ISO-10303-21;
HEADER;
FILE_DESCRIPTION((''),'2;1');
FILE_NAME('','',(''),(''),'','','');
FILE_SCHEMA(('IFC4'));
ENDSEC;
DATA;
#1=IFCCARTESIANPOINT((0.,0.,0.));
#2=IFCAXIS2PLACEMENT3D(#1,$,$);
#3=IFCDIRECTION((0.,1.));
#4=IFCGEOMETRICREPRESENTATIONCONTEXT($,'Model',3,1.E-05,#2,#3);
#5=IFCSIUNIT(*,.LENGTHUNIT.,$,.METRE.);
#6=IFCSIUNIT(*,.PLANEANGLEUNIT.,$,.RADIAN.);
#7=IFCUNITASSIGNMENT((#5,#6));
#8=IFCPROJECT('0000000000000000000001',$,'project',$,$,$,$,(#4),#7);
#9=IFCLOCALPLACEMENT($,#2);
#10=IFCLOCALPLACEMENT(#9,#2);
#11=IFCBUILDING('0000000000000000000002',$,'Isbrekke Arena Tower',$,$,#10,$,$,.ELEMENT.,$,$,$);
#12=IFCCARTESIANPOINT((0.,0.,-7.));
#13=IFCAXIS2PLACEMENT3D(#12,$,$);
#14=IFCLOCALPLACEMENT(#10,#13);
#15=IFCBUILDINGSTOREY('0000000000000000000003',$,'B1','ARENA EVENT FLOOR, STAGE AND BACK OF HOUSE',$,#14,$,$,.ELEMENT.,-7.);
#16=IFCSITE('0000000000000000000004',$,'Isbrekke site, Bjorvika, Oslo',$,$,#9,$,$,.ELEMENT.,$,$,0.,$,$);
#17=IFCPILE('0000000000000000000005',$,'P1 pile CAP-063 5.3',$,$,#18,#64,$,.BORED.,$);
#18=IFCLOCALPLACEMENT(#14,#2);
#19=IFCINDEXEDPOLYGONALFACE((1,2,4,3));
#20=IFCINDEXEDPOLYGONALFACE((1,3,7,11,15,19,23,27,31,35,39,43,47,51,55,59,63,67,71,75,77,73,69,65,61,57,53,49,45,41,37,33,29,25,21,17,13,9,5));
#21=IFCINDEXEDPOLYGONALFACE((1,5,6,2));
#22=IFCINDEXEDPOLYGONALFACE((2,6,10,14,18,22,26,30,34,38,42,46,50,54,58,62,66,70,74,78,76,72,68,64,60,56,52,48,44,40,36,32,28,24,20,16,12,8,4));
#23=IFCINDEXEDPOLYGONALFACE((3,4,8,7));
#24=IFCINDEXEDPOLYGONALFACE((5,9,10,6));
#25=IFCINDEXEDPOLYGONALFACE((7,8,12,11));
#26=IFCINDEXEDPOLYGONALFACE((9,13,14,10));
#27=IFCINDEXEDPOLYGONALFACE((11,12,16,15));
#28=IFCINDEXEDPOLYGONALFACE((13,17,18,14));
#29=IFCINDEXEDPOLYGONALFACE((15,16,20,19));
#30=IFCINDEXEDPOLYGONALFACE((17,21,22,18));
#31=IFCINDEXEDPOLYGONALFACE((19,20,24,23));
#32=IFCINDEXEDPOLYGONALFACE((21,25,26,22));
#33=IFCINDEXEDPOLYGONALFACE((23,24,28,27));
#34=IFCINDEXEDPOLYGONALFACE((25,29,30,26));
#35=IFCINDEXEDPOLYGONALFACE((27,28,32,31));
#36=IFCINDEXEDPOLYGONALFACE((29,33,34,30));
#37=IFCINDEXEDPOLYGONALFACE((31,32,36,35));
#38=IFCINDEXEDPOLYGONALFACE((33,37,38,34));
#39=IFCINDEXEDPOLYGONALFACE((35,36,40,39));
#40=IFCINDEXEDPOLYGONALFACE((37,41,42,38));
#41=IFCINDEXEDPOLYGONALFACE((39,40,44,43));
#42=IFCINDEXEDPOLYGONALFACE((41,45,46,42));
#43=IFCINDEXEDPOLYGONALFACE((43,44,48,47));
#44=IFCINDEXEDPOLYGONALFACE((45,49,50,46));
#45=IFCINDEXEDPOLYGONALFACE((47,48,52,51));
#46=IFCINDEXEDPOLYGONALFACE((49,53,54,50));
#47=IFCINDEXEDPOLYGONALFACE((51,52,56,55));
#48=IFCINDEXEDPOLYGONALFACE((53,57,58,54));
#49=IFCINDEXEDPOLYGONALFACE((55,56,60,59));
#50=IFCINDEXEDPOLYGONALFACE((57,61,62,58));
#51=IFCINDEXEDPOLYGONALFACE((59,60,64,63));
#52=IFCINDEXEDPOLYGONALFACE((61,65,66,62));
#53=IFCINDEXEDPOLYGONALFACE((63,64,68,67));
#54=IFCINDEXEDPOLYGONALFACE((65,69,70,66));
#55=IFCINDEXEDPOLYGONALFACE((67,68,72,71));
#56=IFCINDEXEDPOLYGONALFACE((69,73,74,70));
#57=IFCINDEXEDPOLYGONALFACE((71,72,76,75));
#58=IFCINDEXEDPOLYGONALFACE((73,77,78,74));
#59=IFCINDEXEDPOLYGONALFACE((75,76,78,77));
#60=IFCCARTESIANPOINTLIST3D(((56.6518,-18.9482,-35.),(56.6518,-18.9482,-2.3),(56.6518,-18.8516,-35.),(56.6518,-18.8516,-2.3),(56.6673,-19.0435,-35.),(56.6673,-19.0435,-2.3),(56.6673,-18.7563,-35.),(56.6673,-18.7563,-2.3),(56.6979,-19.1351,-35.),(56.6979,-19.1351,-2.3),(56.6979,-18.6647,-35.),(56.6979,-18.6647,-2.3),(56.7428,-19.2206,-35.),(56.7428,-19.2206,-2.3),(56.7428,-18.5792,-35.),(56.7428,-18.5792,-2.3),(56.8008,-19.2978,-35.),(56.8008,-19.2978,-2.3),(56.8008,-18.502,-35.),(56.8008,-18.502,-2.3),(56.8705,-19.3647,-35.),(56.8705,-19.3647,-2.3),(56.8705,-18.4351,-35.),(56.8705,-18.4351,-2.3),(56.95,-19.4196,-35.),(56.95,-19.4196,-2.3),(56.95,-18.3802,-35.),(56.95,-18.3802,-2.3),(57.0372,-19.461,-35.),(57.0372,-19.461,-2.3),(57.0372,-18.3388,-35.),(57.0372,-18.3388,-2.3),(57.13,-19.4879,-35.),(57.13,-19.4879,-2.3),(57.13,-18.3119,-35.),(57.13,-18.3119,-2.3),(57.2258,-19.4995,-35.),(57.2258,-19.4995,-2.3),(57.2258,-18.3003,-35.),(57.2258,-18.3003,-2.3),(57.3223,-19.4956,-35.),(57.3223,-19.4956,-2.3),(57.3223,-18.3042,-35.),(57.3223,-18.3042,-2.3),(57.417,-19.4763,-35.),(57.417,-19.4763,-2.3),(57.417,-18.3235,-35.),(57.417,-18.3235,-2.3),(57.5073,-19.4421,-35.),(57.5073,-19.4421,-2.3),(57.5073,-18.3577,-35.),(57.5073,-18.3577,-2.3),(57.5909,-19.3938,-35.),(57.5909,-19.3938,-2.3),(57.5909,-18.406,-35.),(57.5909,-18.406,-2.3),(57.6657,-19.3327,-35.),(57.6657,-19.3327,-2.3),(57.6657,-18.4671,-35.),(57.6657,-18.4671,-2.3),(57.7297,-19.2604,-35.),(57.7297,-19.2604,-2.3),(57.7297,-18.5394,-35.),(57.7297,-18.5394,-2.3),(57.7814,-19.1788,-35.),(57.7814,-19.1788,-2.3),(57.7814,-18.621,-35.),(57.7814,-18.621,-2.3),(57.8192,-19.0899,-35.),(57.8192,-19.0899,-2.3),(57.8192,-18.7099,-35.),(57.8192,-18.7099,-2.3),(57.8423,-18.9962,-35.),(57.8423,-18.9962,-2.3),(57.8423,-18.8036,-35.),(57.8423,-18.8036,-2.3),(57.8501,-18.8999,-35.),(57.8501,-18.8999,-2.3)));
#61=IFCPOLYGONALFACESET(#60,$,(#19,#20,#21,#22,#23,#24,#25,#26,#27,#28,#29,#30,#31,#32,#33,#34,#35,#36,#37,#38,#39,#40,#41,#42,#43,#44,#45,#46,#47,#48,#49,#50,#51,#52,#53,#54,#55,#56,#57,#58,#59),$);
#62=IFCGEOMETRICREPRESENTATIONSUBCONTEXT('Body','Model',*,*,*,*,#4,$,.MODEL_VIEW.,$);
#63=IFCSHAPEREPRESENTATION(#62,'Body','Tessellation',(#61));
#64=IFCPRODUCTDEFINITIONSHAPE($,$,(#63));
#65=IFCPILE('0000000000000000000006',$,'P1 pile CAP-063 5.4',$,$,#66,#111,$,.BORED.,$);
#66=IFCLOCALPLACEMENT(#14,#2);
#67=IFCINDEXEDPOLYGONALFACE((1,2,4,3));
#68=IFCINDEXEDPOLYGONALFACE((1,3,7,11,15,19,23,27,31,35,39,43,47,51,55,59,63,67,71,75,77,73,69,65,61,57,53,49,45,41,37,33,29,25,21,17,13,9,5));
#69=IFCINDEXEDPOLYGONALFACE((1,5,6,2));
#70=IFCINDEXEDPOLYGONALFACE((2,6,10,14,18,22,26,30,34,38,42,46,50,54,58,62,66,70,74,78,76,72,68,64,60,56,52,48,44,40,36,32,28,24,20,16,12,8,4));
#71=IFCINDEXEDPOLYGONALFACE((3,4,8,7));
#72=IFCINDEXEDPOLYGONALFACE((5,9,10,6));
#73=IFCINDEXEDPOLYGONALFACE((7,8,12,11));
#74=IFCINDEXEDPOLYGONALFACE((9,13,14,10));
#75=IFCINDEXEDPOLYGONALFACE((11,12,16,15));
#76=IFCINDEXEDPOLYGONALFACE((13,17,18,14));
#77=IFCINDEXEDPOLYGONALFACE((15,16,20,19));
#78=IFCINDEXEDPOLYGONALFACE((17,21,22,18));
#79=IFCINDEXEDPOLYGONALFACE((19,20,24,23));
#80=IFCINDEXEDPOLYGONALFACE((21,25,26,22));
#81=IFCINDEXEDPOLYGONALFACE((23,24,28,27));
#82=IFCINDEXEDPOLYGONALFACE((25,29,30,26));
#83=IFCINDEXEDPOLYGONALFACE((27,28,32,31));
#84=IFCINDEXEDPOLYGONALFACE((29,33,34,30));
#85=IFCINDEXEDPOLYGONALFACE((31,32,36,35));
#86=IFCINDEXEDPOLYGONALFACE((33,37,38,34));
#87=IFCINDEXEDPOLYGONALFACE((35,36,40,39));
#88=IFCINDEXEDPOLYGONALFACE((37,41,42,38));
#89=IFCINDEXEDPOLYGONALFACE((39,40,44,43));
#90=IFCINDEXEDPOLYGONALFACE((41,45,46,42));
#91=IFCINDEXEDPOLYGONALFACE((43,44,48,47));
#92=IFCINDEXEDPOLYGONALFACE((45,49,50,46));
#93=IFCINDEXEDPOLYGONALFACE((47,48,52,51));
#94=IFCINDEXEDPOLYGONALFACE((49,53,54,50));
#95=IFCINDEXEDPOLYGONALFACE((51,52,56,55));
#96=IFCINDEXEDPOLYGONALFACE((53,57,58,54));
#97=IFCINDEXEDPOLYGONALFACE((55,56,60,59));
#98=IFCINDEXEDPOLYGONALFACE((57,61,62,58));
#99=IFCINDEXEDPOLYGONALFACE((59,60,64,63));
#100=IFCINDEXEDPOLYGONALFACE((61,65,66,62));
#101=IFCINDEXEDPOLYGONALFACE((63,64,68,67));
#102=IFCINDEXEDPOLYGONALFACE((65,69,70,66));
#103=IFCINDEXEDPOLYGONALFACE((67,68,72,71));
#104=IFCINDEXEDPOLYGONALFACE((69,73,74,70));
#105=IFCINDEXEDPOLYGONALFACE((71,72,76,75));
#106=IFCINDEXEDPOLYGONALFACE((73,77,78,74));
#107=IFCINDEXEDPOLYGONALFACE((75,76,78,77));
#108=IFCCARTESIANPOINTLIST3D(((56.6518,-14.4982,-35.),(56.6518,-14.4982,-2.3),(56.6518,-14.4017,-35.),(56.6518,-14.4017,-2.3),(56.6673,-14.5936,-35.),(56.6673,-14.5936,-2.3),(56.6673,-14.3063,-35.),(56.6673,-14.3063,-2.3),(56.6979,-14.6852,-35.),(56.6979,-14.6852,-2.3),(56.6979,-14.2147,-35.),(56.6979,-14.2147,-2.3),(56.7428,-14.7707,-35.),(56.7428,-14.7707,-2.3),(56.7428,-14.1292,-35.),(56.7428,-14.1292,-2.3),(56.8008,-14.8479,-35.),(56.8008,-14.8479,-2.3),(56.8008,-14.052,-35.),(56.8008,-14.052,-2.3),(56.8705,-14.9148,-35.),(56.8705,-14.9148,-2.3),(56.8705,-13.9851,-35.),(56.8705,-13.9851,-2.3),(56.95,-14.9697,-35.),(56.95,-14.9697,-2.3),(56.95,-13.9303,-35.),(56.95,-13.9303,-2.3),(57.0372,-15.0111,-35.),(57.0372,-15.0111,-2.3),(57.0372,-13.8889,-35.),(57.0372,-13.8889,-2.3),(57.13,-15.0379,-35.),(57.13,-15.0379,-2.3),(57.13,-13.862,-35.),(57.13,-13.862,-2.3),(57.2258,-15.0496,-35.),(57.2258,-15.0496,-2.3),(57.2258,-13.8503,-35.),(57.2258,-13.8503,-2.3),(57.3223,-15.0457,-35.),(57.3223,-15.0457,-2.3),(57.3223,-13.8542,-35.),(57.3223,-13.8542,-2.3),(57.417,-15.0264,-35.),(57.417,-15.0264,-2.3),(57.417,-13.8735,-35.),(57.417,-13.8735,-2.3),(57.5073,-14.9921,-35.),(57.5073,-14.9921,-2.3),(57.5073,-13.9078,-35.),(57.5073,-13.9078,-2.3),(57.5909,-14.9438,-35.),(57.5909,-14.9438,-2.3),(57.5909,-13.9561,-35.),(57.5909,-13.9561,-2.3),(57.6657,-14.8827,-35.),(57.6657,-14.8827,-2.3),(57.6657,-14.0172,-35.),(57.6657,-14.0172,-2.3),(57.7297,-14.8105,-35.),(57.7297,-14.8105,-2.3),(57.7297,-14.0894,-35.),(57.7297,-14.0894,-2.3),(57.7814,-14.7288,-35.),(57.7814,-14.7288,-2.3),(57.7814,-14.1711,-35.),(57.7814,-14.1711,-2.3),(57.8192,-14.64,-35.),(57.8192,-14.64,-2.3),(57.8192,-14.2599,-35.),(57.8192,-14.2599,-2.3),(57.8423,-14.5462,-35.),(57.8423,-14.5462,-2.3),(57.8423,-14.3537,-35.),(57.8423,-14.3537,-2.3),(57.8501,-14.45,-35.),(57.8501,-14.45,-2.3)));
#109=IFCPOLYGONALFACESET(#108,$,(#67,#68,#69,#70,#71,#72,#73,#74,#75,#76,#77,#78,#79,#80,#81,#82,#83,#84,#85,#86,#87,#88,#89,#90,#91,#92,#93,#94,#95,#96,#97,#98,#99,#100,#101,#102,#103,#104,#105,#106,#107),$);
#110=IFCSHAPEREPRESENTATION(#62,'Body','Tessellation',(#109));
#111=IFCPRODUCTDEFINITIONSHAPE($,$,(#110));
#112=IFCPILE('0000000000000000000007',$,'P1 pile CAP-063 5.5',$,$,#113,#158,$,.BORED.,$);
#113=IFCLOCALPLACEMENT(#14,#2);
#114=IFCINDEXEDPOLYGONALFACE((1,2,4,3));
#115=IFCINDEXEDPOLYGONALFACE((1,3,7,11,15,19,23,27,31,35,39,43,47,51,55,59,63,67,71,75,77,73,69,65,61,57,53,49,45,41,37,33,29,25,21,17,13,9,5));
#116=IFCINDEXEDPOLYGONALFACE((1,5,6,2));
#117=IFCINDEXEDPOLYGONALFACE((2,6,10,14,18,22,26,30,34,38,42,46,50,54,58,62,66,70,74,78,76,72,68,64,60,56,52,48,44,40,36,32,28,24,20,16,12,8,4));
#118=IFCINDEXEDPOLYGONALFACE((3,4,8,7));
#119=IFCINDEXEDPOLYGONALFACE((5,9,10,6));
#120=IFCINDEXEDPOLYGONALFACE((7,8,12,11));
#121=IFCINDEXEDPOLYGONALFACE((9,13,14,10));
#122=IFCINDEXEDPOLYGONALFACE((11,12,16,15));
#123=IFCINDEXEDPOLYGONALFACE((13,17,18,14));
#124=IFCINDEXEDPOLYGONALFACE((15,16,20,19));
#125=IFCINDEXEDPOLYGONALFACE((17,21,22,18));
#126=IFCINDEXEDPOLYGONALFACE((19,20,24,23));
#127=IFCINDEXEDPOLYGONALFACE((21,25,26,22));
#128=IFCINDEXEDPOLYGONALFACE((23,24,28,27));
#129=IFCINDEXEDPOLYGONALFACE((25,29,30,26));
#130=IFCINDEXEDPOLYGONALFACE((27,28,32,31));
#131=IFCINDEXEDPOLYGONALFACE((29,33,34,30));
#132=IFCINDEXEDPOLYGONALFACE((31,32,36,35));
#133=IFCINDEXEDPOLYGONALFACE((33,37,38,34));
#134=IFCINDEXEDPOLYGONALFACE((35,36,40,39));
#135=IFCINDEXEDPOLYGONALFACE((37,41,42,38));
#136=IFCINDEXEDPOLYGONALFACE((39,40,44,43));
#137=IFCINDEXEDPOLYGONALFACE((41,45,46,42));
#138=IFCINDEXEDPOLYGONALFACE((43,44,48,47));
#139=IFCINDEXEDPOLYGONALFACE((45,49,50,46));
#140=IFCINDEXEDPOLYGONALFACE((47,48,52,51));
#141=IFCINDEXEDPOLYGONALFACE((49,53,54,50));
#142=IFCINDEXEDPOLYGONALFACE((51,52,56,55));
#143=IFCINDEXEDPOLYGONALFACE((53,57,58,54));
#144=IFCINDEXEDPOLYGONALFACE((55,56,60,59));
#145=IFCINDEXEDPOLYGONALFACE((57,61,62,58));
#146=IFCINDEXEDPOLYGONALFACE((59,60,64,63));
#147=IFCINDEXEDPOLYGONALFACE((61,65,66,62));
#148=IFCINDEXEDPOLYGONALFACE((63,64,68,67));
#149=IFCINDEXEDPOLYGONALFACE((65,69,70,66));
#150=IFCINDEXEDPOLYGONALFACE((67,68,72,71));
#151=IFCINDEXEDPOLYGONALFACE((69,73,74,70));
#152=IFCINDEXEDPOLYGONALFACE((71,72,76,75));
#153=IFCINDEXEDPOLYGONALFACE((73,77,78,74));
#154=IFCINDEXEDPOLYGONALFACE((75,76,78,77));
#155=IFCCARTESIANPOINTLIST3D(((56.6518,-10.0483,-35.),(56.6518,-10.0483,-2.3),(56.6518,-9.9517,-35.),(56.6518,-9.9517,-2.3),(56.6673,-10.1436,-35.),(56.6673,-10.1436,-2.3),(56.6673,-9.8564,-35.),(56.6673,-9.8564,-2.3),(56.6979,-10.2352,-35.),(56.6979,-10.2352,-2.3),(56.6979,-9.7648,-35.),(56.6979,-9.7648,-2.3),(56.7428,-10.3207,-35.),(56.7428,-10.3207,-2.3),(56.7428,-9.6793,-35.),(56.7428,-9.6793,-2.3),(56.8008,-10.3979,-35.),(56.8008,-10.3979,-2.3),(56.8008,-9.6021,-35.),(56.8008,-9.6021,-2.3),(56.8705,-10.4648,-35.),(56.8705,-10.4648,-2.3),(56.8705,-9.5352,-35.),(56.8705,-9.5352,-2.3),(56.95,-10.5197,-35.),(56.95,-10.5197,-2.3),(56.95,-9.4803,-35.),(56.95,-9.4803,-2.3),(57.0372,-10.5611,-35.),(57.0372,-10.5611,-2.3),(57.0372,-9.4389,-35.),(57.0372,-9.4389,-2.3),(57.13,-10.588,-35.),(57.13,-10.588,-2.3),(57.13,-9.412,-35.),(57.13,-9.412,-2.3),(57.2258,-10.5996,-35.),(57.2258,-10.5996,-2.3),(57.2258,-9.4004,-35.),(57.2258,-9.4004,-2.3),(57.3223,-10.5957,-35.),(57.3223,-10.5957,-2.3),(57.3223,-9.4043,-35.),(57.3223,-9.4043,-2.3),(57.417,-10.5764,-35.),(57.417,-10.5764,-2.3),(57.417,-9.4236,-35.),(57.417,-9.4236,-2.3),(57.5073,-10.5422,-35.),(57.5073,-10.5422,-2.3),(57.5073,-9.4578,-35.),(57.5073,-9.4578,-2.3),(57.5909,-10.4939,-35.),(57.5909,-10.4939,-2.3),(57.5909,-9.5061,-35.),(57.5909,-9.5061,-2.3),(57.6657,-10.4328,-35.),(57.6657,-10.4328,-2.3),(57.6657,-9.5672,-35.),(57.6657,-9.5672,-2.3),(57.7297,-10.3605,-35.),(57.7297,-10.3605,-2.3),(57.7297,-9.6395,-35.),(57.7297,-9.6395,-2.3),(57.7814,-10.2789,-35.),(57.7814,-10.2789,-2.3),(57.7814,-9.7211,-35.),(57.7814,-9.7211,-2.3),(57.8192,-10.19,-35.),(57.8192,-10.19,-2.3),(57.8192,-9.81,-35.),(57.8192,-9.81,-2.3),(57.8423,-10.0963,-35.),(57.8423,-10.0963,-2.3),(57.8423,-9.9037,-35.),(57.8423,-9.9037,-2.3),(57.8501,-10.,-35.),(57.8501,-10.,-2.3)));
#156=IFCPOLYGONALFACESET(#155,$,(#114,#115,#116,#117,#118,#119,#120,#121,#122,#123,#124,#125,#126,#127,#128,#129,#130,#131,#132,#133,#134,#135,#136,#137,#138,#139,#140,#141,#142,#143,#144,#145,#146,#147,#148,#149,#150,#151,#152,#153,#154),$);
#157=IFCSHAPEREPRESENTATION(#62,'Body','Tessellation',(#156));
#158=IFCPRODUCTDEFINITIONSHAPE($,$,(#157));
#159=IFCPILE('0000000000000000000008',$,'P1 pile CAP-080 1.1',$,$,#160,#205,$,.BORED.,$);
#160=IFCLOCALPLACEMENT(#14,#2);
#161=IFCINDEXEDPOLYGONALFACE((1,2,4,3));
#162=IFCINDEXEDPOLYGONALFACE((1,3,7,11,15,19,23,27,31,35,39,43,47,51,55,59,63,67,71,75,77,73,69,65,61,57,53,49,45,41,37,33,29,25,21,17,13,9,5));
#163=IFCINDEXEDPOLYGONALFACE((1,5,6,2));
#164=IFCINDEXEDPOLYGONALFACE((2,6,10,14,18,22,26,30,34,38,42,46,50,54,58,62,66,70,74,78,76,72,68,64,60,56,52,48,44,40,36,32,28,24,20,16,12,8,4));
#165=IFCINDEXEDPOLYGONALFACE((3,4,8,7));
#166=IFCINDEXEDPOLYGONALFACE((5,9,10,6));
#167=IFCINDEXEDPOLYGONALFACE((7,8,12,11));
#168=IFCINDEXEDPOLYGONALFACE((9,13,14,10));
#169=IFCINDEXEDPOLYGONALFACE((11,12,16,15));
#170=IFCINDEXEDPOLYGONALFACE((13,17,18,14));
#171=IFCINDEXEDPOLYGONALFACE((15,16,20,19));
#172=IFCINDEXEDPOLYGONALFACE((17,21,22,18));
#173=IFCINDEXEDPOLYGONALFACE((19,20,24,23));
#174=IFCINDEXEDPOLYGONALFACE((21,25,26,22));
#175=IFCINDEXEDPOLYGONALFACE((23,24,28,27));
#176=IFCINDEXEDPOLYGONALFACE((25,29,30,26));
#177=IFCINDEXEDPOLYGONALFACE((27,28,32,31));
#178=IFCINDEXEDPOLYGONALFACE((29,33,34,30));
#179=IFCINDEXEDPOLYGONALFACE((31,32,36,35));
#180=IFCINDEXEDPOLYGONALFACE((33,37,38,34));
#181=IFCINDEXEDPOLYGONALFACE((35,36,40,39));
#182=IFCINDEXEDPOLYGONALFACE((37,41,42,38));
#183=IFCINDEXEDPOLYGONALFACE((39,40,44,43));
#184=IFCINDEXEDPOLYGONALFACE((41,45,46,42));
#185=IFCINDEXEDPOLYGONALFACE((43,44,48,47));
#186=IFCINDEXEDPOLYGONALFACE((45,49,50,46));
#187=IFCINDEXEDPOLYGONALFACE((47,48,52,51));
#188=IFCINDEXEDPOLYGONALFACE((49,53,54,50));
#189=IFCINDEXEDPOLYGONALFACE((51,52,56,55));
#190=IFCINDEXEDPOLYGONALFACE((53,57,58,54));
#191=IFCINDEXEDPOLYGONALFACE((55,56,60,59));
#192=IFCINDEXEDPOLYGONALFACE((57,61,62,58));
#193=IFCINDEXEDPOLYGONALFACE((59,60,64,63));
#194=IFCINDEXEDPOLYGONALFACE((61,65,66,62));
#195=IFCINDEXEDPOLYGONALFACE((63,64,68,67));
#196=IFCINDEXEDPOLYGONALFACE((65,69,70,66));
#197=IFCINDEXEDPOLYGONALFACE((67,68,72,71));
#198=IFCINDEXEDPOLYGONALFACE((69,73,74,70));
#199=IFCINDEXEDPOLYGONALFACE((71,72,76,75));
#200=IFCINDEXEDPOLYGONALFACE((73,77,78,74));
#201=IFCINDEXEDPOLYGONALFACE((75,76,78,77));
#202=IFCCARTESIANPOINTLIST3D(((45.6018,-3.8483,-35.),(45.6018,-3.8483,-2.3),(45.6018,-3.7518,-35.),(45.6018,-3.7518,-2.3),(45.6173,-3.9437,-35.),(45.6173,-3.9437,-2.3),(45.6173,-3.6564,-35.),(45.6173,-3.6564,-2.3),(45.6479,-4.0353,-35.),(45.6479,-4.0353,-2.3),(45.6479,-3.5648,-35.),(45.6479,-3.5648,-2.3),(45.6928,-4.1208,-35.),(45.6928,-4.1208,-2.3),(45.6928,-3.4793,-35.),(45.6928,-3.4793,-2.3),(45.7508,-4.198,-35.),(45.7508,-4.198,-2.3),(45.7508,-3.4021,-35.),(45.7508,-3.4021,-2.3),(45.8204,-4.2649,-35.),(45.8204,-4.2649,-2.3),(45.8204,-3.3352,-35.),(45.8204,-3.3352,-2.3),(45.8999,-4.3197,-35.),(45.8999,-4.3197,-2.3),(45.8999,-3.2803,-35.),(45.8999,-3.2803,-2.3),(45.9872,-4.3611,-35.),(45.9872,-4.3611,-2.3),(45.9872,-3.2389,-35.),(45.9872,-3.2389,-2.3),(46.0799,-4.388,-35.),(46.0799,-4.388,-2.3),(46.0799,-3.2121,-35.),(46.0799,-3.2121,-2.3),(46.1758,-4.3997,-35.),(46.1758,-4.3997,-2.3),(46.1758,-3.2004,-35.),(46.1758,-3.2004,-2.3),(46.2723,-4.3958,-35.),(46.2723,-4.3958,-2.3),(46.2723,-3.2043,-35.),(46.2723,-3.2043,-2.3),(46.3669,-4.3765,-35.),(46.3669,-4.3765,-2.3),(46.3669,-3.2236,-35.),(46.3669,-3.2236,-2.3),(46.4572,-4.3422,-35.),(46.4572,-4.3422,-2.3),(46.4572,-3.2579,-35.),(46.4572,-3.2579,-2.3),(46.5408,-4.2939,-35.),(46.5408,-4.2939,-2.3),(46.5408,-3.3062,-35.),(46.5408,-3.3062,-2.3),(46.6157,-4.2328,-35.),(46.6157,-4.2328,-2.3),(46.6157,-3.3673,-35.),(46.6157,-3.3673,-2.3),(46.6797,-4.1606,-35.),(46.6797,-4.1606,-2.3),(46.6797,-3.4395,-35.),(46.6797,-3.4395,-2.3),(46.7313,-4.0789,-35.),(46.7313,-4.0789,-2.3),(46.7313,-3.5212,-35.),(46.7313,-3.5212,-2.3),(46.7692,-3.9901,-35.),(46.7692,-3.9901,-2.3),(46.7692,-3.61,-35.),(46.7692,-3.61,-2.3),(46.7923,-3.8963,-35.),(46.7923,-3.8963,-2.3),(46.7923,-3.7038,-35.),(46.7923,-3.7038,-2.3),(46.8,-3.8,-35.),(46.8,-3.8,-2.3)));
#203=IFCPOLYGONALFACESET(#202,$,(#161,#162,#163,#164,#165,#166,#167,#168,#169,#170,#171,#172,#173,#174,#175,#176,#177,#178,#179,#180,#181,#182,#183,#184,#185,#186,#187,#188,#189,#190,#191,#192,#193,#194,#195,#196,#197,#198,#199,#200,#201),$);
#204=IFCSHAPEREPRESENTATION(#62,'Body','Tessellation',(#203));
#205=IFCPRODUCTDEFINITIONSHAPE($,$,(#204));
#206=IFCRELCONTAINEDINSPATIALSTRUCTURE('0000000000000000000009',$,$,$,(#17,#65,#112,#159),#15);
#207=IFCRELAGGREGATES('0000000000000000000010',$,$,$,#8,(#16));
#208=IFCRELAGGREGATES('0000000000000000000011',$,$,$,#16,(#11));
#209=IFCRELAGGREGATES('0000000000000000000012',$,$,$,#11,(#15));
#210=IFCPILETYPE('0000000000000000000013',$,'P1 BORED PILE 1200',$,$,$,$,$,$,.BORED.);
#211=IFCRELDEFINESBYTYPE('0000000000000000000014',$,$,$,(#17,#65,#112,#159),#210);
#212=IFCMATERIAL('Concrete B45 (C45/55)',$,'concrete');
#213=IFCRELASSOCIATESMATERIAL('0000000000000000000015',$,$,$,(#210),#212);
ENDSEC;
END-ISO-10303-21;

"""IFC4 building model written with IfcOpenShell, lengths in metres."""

from ifc_helpers import new_model, si_unit, direction, frame, origin, origin_2d, place, context, subcontext, project, spatial, circle, extrude, material, material_profile, profile_set, type_object, element, save


model = new_model("IFC4")

# Units and contexts
model_context = context("Model", 3, precision=1e-05, world=origin(), true_north=direction((0.0, 1.0)))
body_context = subcontext(model_context, "Body", "Model", "MODEL_VIEW")
ifc_project = project(units=[si_unit("LENGTHUNIT", "METRE"), si_unit("PLANEANGLEUNIT", "RADIAN")], contexts=[model_context])

# Site, building, storey
site_placement = place(None, origin())
site = spatial("IfcSite", under=ifc_project, at=site_placement, Name="Isbrekke site, Bjorvika, Oslo", CompositionType="ELEMENT", RefElevation=0.0)
building_placement = place(site_placement, origin())
building = spatial("IfcBuilding", under=site, at=building_placement, Name="Isbrekke Arena Tower", CompositionType="ELEMENT")
storey_placement = place(building_placement, frame((0.0, 0.0, -7.0)))
storey = spatial("IfcBuildingStorey", under=building, at=storey_placement, Name="B1", Description="ARENA EVENT FLOOR, STAGE AND BACK OF HOUSE", CompositionType="ELEMENT", Elevation=-7.0)

# Piles
ifc_material_1 = material(Name="Concrete B45 (C45/55)", Category="concrete")
ifc_material_profile_1 = material_profile(ifc_material_1, circle(Radius=0.6001, at=origin_2d()), Name="BORED PILE D1200")
ifc_profile_set_1 = profile_set([ifc_material_profile_1], Name="Concrete B45 (C45/55)")
pile_type = type_object("IfcPileType", Name="P1 BORED PILE 1200", PredefinedType="BORED", material=ifc_profile_set_1)
for number, where, z_axis, x_axis, name in (
    (1, (57.25, -18.8999, -2.3), (0.0, 0.0, -1.0), (1.0, 0.0, 0.0), "P1 pile CAP-063 5.3"),
    (2, (57.25, -14.45, -2.3), (0.0, 0.0, -1.0), (1.0, 0.0, 0.0), "P1 pile CAP-063 5.4"),
    (3, (57.25, -10.0, -2.3), (0.0, 0.0, -1.0), (1.0, 0.0, 0.0), "P1 pile CAP-063 5.5"),
    (4, (46.2, -3.8, -2.3), (0.0, 0.0, -1.0), (1.0, 0.0, 0.0), "P1 pile CAP-080 1.1"),
):
    element("IfcPile", number, at=place(storey_placement, frame(where, z_axis=z_axis, x_axis=x_axis)), inside=storey, type_object=pile_type, Name=name, PredefinedType="BORED", context=body_context, shape_type="SweptSolid", body=[
        extrude(circle(Radius=0.6001, at=origin_2d()), origin(), (0.0, 0.0, 1.0), 32.7),
    ])

save(model, "model.ifc")
